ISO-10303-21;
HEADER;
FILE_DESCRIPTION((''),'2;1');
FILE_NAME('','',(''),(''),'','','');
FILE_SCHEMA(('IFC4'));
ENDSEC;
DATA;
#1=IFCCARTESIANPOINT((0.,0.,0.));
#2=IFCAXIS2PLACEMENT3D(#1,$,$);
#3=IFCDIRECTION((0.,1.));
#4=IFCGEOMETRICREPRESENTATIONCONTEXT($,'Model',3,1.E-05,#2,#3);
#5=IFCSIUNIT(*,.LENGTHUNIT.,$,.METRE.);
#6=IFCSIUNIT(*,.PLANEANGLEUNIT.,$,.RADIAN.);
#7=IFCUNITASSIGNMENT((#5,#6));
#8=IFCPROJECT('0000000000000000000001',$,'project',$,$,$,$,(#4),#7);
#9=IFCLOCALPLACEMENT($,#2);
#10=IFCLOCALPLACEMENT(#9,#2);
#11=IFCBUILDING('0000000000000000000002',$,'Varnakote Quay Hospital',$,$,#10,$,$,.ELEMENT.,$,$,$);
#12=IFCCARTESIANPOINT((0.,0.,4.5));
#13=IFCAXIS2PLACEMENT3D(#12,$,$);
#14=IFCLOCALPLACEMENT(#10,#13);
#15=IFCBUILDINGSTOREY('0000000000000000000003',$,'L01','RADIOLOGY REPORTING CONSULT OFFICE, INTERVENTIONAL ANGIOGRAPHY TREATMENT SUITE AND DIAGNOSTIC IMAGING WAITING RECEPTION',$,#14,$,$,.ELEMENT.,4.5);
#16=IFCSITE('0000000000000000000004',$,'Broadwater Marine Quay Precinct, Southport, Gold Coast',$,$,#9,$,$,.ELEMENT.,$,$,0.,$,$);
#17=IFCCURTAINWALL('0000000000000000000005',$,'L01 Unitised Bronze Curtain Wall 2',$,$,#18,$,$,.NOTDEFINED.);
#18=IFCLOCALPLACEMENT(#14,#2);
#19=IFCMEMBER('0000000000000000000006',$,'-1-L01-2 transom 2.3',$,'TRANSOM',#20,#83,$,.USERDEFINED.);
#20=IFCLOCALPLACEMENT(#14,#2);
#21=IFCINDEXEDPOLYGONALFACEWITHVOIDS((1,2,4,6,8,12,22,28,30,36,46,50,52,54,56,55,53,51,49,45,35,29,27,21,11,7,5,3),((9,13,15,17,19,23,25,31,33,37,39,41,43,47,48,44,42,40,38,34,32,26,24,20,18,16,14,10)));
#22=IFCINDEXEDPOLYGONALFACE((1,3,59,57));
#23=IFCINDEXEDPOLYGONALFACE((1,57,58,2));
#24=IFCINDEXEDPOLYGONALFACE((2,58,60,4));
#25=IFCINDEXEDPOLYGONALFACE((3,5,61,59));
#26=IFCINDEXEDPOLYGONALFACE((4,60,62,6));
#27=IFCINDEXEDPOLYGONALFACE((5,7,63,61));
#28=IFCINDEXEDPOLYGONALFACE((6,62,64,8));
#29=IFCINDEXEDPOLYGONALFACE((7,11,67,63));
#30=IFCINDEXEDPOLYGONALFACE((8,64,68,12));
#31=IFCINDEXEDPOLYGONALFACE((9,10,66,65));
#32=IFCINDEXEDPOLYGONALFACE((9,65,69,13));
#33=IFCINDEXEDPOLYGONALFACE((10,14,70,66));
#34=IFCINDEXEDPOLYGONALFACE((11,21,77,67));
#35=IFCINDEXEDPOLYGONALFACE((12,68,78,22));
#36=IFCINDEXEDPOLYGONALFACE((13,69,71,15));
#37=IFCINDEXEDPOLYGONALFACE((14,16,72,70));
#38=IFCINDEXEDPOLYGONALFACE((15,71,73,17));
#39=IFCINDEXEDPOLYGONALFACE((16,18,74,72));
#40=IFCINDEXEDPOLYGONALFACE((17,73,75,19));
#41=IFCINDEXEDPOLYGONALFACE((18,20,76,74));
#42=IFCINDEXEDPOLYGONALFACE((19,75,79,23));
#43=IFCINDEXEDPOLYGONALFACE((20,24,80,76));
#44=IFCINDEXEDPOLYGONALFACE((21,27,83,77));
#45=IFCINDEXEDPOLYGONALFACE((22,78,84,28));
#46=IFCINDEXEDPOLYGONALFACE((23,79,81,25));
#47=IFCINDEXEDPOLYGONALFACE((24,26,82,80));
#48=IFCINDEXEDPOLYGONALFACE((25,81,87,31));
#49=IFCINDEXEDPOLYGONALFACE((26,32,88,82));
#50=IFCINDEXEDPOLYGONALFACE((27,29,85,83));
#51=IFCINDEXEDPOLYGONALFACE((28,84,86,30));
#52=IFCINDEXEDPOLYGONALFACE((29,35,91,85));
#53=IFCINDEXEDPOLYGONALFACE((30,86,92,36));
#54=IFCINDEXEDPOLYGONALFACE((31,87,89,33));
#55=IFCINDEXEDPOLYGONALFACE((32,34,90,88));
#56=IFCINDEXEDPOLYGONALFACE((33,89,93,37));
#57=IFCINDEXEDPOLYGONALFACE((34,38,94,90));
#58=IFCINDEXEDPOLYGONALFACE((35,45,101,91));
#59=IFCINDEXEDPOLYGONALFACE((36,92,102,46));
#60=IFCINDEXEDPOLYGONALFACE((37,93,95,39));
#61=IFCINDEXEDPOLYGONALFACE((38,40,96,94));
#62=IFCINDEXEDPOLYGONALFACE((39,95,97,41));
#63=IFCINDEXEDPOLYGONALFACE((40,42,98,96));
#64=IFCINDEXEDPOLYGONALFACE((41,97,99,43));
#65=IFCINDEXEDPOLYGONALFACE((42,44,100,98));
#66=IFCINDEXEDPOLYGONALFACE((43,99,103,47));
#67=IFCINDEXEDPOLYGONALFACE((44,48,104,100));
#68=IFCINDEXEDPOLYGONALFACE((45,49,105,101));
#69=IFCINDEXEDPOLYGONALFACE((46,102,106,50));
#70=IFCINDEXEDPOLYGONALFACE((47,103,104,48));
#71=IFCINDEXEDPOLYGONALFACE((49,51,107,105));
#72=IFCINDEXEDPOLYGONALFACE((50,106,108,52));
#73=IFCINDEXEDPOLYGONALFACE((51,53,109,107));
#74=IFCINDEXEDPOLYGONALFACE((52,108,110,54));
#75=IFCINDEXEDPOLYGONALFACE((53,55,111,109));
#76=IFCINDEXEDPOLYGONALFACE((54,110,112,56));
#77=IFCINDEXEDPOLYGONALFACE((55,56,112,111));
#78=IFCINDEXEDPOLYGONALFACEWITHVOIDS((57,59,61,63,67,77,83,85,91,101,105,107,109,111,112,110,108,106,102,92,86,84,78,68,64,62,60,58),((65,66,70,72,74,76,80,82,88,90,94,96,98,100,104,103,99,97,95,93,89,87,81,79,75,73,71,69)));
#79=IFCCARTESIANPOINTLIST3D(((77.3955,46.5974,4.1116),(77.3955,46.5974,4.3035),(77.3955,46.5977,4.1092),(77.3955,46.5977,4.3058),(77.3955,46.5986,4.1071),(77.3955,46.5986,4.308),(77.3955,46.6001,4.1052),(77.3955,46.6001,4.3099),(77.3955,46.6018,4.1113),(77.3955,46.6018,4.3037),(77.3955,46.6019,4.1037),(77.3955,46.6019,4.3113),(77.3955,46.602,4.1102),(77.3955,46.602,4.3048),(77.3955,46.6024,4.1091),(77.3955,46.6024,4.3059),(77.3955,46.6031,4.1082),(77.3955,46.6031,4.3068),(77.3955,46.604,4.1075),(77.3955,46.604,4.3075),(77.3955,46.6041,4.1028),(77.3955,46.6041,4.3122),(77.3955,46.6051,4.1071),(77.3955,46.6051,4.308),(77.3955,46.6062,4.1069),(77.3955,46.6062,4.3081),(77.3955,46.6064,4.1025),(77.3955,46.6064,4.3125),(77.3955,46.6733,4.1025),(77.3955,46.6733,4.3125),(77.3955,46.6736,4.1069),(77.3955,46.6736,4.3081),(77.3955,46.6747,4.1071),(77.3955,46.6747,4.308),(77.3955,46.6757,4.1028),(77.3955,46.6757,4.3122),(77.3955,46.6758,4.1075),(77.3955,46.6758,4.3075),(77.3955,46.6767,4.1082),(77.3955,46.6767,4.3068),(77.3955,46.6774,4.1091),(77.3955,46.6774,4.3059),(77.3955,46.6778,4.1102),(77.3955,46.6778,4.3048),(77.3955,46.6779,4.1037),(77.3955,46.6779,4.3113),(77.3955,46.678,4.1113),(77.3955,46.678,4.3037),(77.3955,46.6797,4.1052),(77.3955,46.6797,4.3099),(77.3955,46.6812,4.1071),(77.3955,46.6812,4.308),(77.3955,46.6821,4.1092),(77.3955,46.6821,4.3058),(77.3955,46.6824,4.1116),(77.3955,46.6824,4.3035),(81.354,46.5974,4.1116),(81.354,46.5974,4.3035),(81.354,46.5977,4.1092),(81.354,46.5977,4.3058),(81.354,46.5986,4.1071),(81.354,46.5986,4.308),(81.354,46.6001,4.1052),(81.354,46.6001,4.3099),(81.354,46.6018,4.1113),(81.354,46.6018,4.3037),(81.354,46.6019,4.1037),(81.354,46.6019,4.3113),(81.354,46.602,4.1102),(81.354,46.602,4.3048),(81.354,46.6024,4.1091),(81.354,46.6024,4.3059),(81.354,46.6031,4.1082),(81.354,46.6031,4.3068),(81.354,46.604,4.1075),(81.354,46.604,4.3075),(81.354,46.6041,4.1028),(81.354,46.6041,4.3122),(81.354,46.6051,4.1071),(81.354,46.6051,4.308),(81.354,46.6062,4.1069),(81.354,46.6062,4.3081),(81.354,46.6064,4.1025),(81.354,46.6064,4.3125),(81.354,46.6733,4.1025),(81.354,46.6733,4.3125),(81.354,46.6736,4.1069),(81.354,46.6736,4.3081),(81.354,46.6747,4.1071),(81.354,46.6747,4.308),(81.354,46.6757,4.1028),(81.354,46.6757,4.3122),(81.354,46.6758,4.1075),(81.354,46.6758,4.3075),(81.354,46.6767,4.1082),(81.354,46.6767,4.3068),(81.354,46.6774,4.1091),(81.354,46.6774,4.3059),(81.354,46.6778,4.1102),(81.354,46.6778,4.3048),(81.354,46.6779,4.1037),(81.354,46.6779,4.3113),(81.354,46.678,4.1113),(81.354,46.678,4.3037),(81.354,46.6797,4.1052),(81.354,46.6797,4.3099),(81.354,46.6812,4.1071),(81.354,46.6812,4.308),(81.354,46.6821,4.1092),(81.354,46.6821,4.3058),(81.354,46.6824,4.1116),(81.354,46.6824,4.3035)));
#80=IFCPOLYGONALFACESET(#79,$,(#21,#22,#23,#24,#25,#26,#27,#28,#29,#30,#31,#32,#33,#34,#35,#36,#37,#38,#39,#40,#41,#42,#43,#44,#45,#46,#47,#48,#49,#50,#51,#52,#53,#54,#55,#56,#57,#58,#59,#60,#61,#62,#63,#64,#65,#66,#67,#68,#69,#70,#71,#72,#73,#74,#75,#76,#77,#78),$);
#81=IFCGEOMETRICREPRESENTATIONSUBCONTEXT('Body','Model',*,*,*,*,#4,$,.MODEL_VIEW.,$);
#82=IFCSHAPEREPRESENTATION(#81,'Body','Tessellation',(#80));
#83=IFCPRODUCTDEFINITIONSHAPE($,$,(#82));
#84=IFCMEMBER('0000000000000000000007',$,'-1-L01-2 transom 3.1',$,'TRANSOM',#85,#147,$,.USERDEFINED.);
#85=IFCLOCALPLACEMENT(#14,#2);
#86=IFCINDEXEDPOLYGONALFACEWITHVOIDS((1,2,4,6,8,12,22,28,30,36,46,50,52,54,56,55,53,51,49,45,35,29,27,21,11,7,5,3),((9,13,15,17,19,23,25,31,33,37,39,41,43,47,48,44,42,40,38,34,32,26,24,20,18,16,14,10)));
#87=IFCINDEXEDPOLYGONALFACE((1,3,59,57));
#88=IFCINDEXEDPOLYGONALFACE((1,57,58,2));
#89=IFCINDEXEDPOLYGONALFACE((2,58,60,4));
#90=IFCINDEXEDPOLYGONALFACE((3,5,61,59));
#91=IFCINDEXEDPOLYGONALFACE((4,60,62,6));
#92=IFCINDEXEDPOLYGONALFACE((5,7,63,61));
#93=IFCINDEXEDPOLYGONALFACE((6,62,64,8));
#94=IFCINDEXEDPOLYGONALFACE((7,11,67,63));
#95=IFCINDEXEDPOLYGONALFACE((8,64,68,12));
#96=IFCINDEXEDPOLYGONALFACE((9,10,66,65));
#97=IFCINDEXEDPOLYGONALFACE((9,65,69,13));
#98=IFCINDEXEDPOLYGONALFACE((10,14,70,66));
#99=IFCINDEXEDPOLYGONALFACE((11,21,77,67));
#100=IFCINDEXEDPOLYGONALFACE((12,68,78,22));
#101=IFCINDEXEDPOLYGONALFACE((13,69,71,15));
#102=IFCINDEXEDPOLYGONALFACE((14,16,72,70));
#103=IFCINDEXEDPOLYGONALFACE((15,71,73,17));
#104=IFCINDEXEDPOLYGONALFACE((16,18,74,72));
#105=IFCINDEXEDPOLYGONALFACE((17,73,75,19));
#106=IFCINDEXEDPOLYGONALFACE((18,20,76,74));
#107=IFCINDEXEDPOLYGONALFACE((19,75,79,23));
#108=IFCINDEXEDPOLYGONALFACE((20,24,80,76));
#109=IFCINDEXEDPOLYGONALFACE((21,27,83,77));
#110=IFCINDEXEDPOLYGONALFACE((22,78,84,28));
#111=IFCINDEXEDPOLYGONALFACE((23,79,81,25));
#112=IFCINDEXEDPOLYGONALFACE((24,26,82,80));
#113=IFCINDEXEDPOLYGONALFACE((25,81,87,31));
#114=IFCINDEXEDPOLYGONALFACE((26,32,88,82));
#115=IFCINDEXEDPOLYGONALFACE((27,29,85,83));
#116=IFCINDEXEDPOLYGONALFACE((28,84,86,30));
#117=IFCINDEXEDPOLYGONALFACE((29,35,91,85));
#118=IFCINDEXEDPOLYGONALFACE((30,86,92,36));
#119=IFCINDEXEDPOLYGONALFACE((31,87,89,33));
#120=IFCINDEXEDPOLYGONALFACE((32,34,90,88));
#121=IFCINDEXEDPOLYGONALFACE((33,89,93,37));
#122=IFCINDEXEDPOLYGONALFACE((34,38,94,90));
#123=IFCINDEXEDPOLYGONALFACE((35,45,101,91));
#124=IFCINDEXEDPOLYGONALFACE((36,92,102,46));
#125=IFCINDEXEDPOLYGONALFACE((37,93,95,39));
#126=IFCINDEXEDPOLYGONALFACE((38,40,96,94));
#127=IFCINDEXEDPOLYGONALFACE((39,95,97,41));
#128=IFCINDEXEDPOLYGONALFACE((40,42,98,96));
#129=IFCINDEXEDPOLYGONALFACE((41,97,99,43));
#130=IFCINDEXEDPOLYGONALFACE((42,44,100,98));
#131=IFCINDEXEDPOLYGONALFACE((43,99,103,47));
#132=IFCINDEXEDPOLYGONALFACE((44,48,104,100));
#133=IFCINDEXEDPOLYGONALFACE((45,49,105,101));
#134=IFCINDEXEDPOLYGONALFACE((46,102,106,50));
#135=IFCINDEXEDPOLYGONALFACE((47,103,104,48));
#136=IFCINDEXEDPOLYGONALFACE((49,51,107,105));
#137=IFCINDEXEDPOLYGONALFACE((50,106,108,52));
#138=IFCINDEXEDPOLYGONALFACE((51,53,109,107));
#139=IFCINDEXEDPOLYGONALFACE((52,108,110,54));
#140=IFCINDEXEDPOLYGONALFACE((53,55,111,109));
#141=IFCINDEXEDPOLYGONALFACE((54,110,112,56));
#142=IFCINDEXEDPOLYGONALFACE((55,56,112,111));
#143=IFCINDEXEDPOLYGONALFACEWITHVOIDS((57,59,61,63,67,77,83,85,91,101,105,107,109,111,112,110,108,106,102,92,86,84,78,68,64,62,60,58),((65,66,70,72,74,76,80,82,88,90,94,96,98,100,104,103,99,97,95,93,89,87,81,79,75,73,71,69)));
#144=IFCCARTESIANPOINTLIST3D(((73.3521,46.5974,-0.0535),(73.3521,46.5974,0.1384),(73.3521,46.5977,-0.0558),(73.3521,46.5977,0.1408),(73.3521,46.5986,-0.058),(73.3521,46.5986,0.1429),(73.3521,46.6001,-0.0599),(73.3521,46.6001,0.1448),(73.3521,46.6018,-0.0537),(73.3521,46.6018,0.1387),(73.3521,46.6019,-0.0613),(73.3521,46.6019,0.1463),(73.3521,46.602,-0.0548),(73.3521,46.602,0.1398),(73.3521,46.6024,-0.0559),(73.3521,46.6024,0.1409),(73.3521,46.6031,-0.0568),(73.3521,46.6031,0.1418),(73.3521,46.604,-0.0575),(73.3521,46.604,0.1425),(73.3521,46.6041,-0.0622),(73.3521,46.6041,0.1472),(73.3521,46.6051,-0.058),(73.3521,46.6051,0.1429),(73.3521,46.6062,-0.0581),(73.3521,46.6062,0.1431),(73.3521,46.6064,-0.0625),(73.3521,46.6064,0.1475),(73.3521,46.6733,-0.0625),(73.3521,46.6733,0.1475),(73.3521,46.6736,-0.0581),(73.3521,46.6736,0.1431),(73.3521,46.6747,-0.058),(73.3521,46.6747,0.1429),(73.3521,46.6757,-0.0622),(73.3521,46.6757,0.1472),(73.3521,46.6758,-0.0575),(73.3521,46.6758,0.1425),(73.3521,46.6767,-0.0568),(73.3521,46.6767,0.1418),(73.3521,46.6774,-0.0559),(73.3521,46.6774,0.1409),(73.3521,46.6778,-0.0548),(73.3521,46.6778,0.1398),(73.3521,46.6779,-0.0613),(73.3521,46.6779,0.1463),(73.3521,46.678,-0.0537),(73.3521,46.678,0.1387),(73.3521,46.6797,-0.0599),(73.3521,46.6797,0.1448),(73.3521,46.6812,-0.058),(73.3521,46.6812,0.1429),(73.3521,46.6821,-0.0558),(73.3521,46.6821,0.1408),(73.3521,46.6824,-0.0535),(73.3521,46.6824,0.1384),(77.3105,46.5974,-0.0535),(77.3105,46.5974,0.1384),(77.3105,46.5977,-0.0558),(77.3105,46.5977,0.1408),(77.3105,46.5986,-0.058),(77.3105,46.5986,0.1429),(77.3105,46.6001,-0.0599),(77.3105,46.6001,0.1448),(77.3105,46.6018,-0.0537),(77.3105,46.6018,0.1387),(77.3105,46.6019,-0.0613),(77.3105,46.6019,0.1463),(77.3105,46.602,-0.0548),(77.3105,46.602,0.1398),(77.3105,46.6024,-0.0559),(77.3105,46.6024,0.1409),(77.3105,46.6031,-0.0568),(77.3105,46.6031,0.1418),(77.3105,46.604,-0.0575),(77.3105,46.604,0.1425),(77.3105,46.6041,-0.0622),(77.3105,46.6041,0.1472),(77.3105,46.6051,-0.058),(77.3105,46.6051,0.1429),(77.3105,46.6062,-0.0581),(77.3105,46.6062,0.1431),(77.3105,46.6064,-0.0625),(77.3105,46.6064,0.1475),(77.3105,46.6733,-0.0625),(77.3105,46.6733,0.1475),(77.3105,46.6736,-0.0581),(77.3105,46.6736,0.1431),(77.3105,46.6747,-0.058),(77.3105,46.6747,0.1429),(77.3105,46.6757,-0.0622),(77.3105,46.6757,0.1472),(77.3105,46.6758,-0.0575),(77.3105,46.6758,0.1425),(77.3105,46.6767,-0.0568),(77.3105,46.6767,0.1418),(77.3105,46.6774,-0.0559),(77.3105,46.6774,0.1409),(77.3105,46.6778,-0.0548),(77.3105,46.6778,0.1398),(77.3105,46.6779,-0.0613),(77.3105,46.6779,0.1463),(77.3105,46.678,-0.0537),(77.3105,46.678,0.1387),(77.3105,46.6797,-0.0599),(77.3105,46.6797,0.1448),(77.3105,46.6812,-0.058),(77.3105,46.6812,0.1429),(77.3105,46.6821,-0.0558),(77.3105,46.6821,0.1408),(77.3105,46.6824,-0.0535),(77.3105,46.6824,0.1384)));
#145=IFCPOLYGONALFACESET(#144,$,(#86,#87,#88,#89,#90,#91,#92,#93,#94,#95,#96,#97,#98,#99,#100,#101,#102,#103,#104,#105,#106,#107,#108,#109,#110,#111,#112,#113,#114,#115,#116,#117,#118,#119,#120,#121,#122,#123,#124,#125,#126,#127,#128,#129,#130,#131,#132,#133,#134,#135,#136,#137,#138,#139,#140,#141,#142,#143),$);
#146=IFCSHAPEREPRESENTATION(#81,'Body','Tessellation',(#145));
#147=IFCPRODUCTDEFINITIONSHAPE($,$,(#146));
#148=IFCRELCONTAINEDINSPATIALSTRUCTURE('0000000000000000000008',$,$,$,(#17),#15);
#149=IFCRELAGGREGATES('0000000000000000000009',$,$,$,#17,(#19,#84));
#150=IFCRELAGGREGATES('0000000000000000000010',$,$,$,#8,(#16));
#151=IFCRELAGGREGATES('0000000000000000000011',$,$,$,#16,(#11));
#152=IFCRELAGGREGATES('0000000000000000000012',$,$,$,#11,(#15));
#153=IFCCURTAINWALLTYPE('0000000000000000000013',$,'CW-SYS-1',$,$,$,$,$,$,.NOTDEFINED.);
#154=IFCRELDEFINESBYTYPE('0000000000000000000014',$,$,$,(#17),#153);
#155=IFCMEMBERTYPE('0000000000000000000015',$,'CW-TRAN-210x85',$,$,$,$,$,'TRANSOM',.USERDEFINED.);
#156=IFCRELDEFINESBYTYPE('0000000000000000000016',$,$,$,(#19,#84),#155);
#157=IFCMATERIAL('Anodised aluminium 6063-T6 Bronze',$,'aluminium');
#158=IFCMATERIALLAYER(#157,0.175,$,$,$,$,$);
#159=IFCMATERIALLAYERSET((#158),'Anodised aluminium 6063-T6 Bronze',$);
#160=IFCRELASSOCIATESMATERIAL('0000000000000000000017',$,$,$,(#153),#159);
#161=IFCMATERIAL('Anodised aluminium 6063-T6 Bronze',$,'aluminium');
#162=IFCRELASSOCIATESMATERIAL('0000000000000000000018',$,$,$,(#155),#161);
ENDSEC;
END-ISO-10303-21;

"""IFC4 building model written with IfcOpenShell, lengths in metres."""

from ifc_helpers import new_model, si_unit, direction, frame, origin, origin_2d, place, context, subcontext, project, spatial, hollow_rectangle, extrude, material, layer, layer_set, material_profile, profile_set, type_object, element, aggregate, save


model = new_model("IFC4")

# Units and contexts
model_context = context("Model", 3, precision=1e-05, world=origin(), true_north=direction((0.0, 1.0)))
body_context = subcontext(model_context, "Body", "Model", "MODEL_VIEW")
ifc_project = project(units=[si_unit("LENGTHUNIT", "METRE"), si_unit("PLANEANGLEUNIT", "RADIAN")], contexts=[model_context])

# Site, building, storey
site_placement = place(None, origin())
site = spatial("IfcSite", under=ifc_project, at=site_placement, Name="Broadwater Marine Quay Precinct, Southport, Gold Coast", CompositionType="ELEMENT", RefElevation=0.0)
building_placement = place(site_placement, origin())
building = spatial("IfcBuilding", under=site, at=building_placement, Name="Varnakote Quay Hospital", CompositionType="ELEMENT")
storey_placement = place(building_placement, frame((0.0, 0.0, 4.5)))
storey = spatial("IfcBuildingStorey", under=building, at=storey_placement, Name="L01", Description="RADIOLOGY REPORTING CONSULT OFFICE, INTERVENTIONAL ANGIOGRAPHY TREATMENT SUITE AND DIAGNOSTIC IMAGING WAITING RECEPTION", CompositionType="ELEMENT", Elevation=4.5)

# Shared definitions
ifc_material_1 = material(Name="Anodised aluminium 6063-T6 Bronze", Category="aluminium")
ifc_layer_1 = layer(ifc_material_1, 0.175)
ifc_layer_set_1 = layer_set([ifc_layer_1], Name="Anodised aluminium 6063-T6 Bronze")
curtain_wall_type = type_object("IfcCurtainWallType", Name="CW-SYS-1", PredefinedType="NOTDEFINED", material=ifc_layer_set_1)

# Curtain wall, members
curtain_wall_1_placement = place(storey_placement, origin())
curtain_wall_1 = element("IfcCurtainWall", 1, at=curtain_wall_1_placement, inside=storey, type_object=curtain_wall_type, Name="L01 Unitised Bronze Curtain Wall 2", PredefinedType="NOTDEFINED")
ifc_material_2 = material(Name="Anodised aluminium 6063-T6 Bronze", Category="aluminium")
ifc_material_profile_1 = material_profile(ifc_material_2, hollow_rectangle(XDim=0.085, YDim=0.21, WallThickness=0.0044, InnerFilletRadius=0.0044, OuterFilletRadius=0.009, at=origin_2d()), Name="CW-TRAN-210x85")
ifc_profile_set_1 = profile_set([ifc_material_profile_1], Name="Anodised aluminium 6063-T6 Bronze")
member_type_1 = type_object("IfcMemberType", Name="CW-TRAN-210x85", ElementType="TRANSOM", PredefinedType="USERDEFINED", material=ifc_profile_set_1)
member_1_placement = place(storey_placement, frame((81.354, 46.6399, 4.2075), z_axis=(-1.0, 0.0, 0.0), x_axis=(0.0, -1.0, 0.0)))
member_1 = element("IfcMember", 2, at=member_1_placement, type_object=member_type_1, Name="-1-L01-2 transom 2.3", ObjectType="TRANSOM", PredefinedType="USERDEFINED", context=body_context, shape_type="SweptSolid", body=[
    extrude(hollow_rectangle(XDim=0.085, YDim=0.21, WallThickness=0.0044, InnerFilletRadius=0.0044, OuterFilletRadius=0.009, at=origin_2d()), origin(), (0.0, 0.0, 1.0), 3.9585),
])
member_2_placement = place(storey_placement, frame((77.3105, 46.6399, 0.0425), z_axis=(-1.0, 0.0, 0.0), x_axis=(0.0, -1.0, 0.0)))
member_2 = element("IfcMember", 3, at=member_2_placement, type_object=member_type_1, Name="-1-L01-2 transom 3.1", ObjectType="TRANSOM", PredefinedType="USERDEFINED", context=body_context, shape_type="SweptSolid", body=[
    extrude(hollow_rectangle(XDim=0.085, YDim=0.21, WallThickness=0.0044, InnerFilletRadius=0.0044, OuterFilletRadius=0.009, at=origin_2d()), origin(), (0.0, 0.0, 1.0), 3.9585),
])

aggregate(curtain_wall_1, [member_1, member_2])

save(model, "model.ifc")
